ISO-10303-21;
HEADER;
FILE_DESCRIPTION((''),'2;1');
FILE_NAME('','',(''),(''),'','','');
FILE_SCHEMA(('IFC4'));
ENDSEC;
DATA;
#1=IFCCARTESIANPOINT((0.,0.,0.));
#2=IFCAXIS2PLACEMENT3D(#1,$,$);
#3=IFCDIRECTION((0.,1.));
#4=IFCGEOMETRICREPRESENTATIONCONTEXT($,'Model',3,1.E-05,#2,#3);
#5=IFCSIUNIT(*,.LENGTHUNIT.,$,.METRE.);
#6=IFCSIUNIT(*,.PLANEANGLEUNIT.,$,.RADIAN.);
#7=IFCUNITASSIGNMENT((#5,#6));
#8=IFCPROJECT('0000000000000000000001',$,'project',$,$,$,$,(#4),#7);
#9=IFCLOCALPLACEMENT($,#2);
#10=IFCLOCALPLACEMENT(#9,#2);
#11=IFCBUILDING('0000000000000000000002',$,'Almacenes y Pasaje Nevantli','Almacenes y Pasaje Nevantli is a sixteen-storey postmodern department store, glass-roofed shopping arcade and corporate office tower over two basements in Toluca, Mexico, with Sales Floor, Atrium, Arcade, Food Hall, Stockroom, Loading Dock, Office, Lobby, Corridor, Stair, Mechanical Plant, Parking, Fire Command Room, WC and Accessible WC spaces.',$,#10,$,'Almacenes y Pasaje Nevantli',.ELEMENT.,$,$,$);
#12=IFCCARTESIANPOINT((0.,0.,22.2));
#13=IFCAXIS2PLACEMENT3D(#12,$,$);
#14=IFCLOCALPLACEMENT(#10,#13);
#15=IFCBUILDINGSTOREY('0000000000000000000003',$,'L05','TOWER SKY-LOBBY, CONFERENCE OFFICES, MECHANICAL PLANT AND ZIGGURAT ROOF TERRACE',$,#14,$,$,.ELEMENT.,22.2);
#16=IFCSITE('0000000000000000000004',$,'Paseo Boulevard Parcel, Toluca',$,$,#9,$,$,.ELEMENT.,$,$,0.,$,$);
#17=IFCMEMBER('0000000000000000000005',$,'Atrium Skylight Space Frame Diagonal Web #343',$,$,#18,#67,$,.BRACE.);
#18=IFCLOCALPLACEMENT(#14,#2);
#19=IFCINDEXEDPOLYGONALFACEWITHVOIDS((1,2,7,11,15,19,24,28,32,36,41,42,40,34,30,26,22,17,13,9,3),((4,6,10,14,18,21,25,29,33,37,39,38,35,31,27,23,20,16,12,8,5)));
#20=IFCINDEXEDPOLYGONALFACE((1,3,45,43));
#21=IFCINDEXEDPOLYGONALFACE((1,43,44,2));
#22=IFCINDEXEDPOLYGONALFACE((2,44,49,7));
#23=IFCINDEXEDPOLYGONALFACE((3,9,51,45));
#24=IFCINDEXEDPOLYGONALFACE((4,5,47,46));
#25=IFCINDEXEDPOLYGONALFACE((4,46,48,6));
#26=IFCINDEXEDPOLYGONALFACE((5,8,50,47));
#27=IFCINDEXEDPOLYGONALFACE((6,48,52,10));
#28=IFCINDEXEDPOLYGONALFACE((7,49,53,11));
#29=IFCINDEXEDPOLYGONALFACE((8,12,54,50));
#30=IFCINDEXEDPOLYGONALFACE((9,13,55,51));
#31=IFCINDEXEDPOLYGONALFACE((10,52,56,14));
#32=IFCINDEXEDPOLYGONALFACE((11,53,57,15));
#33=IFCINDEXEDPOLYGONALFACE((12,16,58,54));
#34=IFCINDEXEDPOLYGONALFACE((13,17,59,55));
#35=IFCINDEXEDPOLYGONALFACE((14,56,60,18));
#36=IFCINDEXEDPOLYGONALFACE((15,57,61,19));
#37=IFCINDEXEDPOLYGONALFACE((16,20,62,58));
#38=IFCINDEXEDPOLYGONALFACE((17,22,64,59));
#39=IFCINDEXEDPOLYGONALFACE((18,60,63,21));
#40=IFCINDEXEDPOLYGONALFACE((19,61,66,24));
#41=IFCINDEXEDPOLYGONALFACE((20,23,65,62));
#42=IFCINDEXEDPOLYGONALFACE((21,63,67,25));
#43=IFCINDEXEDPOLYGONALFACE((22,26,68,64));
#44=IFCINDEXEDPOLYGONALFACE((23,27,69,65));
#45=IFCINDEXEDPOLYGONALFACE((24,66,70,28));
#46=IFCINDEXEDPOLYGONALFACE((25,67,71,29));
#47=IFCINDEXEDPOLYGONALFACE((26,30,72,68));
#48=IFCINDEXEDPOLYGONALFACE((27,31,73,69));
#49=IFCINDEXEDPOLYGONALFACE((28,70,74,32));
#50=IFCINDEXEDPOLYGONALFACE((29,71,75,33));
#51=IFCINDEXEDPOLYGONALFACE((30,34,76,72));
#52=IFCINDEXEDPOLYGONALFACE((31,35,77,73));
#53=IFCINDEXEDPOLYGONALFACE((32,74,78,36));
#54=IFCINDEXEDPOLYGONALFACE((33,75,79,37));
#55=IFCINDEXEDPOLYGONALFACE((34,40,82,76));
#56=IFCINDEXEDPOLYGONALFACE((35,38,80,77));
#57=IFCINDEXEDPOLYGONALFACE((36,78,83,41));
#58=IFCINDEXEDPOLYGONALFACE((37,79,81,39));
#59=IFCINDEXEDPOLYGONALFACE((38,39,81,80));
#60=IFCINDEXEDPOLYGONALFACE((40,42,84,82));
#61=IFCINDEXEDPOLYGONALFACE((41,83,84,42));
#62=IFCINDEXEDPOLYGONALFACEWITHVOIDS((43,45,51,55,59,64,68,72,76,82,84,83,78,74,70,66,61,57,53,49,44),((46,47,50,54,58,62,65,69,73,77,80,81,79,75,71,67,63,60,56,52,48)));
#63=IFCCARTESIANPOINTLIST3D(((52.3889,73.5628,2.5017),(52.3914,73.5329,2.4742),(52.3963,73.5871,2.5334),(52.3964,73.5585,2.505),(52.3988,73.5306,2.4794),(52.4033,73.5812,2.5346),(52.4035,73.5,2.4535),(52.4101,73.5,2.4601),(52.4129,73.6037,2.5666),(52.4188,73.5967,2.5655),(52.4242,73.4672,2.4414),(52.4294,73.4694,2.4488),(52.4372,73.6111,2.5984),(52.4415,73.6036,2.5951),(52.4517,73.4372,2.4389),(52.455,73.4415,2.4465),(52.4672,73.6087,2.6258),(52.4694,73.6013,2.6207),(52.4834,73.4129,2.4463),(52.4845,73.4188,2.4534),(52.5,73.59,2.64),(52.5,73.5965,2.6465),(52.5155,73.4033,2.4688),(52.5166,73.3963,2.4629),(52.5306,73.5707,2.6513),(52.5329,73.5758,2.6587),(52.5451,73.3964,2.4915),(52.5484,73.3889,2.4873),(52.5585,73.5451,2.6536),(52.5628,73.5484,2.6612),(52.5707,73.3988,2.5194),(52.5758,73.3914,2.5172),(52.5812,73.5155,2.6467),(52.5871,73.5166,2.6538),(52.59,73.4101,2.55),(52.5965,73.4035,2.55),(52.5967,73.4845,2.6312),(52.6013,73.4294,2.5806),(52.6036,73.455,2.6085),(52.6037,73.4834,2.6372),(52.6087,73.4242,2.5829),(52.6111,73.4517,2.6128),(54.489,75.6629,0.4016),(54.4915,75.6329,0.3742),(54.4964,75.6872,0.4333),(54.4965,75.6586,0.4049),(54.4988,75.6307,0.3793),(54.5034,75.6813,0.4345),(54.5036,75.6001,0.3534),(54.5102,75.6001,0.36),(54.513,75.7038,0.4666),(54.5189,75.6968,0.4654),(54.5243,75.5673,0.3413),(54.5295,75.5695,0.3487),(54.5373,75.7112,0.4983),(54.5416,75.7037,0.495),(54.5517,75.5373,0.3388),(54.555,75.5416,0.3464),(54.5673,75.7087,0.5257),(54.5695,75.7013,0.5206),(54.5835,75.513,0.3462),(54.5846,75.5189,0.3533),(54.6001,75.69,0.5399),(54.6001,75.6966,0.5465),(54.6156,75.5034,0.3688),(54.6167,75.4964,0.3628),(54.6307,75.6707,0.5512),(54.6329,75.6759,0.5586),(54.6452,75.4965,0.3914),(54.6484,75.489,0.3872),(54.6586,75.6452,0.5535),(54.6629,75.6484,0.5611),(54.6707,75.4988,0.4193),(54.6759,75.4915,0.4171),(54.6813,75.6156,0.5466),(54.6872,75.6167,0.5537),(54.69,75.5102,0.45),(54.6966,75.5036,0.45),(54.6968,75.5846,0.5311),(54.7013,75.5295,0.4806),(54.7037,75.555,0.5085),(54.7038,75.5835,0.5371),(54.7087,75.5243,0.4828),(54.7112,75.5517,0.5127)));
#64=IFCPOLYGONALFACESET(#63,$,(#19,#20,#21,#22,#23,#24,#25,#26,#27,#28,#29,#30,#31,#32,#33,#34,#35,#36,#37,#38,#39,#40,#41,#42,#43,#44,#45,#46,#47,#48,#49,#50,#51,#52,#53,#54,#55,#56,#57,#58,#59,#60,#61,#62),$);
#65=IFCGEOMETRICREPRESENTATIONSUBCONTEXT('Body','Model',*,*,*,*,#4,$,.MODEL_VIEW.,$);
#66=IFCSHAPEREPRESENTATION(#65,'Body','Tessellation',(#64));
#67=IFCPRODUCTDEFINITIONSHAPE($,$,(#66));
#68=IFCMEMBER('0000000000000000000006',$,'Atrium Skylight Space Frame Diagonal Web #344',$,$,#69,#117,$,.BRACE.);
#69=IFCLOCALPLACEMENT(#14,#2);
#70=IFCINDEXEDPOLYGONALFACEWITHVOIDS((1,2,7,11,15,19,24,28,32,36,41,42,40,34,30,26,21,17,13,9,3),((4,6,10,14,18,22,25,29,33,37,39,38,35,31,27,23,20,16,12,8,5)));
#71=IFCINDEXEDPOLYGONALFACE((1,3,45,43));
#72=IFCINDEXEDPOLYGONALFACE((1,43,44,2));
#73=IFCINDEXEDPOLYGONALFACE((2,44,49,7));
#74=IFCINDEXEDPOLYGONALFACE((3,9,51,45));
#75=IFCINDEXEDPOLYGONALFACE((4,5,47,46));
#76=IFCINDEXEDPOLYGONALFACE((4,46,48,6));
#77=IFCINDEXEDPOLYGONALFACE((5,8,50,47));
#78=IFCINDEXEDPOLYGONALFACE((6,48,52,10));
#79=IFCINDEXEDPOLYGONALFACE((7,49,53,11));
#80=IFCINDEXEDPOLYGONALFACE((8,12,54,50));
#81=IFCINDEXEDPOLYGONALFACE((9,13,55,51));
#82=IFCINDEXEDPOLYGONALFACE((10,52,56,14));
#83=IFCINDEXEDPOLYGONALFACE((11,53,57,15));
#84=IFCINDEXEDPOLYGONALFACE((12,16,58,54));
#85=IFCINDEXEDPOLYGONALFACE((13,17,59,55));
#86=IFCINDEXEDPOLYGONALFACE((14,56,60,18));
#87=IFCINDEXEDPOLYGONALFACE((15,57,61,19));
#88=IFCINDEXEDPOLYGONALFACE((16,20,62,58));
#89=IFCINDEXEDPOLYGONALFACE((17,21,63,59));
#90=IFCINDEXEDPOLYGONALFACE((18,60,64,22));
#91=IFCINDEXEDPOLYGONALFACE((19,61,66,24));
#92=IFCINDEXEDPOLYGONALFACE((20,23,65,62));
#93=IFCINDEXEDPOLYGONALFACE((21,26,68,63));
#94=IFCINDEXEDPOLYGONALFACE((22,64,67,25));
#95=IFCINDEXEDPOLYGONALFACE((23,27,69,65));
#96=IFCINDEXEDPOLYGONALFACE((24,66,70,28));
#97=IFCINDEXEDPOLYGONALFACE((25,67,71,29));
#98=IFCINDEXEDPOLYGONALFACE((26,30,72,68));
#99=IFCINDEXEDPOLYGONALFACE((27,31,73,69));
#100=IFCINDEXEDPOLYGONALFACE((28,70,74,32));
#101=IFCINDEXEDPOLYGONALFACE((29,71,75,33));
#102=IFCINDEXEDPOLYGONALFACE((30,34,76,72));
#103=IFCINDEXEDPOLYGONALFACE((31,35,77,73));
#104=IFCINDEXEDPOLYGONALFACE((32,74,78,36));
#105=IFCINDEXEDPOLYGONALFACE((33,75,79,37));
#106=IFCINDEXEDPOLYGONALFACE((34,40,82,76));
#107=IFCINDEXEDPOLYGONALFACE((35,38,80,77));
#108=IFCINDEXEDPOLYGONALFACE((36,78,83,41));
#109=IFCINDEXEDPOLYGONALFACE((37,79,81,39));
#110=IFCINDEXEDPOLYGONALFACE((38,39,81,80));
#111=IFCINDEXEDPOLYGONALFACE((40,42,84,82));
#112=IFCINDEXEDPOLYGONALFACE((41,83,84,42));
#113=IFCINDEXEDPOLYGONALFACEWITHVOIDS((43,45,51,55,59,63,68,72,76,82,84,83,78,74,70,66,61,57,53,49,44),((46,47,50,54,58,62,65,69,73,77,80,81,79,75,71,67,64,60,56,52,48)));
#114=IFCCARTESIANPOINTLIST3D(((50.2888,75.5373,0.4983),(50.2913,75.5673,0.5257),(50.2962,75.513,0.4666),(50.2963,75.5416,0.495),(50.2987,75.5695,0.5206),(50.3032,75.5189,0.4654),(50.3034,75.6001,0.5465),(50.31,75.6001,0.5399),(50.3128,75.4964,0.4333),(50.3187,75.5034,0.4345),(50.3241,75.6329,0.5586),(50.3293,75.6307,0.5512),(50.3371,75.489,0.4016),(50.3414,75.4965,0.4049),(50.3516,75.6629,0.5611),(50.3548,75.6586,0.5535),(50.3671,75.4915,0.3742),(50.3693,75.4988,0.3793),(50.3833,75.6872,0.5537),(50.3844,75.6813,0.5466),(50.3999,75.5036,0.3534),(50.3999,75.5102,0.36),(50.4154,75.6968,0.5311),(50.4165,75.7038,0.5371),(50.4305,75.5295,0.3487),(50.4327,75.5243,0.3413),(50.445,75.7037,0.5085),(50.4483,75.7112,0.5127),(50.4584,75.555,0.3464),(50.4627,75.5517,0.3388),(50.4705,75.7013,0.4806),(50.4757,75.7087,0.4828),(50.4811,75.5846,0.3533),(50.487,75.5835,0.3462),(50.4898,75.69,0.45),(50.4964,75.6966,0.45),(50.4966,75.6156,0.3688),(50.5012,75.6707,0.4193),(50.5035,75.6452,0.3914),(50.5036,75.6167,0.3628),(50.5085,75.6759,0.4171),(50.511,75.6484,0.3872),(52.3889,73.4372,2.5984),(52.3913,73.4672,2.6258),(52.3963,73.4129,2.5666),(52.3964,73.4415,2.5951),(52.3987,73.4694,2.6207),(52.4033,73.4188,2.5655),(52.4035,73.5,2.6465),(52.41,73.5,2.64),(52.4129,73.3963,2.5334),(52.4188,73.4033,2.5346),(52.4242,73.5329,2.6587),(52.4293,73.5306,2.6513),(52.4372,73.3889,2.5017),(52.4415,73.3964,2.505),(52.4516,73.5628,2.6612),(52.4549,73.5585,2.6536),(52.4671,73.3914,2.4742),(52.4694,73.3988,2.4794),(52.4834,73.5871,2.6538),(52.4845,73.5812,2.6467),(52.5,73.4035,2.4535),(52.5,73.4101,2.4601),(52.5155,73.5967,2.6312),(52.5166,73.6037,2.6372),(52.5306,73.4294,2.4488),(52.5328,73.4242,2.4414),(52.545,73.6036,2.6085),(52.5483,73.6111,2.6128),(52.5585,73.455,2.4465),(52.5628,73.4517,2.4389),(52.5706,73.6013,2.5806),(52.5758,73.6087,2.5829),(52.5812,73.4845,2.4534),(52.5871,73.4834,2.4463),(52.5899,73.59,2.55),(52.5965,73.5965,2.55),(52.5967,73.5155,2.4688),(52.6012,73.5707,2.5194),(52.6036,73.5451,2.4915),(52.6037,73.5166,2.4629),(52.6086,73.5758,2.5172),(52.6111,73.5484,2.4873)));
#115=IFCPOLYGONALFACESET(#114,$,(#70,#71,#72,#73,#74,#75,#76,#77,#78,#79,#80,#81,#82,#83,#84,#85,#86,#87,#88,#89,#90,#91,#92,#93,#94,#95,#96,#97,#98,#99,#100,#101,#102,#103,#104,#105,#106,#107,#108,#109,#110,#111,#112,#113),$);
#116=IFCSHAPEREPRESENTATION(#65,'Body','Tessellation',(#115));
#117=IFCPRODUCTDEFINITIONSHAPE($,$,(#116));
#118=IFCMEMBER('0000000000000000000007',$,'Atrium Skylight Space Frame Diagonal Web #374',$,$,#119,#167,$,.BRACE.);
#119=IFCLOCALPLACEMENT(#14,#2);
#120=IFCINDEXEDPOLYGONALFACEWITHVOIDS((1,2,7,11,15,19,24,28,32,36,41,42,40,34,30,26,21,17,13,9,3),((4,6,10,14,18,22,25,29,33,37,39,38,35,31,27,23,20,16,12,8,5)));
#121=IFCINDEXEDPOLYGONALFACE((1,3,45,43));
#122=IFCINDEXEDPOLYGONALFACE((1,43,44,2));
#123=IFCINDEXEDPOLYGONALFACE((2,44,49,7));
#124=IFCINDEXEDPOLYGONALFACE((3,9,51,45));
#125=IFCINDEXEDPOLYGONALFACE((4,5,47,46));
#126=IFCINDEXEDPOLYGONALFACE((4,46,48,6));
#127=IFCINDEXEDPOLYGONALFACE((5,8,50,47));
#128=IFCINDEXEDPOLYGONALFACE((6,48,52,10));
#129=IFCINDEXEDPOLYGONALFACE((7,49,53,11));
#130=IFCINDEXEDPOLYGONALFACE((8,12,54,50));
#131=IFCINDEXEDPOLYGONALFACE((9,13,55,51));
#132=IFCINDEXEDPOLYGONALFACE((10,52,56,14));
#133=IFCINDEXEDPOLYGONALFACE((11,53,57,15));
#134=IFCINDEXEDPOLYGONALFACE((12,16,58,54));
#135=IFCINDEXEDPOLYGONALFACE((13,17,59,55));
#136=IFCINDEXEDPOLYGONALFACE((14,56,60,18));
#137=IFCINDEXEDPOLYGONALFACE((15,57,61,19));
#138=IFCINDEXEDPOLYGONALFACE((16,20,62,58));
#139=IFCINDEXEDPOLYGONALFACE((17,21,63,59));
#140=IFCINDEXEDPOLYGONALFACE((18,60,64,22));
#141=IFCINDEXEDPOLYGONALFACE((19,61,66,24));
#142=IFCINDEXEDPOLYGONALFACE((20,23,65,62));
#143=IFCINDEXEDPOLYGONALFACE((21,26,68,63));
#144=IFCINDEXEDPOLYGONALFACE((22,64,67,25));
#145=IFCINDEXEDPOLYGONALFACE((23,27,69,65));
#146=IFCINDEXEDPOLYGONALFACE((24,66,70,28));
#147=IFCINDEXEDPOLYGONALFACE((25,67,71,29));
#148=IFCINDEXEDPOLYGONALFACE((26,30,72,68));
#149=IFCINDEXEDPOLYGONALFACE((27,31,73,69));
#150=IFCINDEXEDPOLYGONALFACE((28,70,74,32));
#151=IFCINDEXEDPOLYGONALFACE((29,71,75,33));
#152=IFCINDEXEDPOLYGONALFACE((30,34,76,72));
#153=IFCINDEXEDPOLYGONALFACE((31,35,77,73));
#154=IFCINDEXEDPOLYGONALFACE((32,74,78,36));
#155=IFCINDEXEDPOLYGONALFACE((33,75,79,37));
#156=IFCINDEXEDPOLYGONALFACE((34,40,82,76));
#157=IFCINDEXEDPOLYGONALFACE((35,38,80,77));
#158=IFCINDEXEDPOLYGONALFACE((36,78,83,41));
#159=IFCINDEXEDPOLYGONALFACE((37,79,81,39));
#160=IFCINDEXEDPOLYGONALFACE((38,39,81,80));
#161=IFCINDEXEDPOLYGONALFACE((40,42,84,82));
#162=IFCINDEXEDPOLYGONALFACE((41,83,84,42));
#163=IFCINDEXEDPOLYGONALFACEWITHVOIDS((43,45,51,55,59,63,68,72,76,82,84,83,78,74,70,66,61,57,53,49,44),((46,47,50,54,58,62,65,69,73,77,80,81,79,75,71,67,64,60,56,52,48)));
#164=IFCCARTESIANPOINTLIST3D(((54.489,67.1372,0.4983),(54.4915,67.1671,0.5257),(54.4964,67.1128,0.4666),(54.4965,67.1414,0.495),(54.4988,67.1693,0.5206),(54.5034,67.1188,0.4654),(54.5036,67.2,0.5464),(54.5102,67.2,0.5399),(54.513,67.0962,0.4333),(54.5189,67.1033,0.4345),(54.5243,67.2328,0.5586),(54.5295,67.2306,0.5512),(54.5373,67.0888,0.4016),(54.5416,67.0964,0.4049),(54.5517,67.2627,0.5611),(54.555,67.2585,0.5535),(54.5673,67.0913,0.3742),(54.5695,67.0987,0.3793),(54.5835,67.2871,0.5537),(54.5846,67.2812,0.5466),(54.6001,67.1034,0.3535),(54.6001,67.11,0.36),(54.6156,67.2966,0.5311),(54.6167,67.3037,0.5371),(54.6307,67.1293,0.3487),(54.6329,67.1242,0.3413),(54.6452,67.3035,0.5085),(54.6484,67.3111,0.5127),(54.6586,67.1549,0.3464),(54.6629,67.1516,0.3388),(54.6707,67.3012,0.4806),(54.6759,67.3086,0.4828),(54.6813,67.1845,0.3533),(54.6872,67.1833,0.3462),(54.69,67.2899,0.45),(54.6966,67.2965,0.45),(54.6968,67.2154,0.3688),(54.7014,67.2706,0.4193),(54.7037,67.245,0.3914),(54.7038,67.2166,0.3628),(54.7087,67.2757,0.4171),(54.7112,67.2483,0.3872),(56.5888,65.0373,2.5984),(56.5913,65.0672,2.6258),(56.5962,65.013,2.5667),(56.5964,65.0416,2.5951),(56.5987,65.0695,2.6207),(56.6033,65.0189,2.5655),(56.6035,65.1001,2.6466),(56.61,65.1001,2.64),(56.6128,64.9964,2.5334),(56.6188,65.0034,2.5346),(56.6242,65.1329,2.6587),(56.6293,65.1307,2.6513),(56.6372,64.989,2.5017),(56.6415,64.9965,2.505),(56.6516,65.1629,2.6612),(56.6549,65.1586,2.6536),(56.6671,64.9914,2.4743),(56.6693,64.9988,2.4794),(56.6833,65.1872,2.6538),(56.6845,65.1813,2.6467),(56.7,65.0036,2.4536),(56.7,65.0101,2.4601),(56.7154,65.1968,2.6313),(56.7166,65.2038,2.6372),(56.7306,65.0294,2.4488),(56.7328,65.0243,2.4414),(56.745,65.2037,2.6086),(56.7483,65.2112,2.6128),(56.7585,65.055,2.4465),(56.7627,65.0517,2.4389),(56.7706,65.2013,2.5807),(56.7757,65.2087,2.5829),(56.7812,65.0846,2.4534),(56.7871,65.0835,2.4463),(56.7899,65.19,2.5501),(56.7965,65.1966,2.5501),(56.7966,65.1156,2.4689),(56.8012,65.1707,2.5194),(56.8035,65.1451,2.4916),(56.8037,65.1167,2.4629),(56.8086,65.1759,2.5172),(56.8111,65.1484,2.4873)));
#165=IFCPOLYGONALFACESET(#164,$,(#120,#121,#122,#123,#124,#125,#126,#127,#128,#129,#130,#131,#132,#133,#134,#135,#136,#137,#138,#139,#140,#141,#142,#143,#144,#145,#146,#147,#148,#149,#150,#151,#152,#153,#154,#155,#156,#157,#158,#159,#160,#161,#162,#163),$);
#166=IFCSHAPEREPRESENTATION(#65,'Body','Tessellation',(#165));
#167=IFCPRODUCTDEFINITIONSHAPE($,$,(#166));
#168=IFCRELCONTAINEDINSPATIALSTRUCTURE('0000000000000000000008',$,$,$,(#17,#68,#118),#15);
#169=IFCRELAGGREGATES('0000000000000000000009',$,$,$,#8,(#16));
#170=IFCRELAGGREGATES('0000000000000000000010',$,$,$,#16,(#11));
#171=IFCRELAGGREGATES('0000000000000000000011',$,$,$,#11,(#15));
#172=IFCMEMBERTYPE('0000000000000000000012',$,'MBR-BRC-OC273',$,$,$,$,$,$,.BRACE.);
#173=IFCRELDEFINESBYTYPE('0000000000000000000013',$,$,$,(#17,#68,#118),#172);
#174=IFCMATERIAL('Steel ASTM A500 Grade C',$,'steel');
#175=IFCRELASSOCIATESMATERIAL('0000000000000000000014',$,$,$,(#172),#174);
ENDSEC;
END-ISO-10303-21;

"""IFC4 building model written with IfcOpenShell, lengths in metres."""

from ifc_helpers import new_model, si_unit, direction, frame, origin, origin_2d, place, context, subcontext, project, spatial, hollow_circle, extrude, material, material_profile, profile_set, type_object, element, save


model = new_model("IFC4")

# Units and contexts
model_context = context("Model", 3, precision=1e-05, world=origin(), true_north=direction((0.0, 1.0)))
body_context = subcontext(model_context, "Body", "Model", "MODEL_VIEW")
ifc_project = project(units=[si_unit("LENGTHUNIT", "METRE"), si_unit("PLANEANGLEUNIT", "RADIAN")], contexts=[model_context])

# Site, building, storey
site_placement = place(None, origin())
site = spatial("IfcSite", under=ifc_project, at=site_placement, Name="Paseo Boulevard Parcel, Toluca", CompositionType="ELEMENT", RefElevation=0.0)
building_placement = place(site_placement, origin())
building = spatial("IfcBuilding", under=site, at=building_placement, Name="Almacenes y Pasaje Nevantli", Description="Almacenes y Pasaje Nevantli is a sixteen-storey postmodern department store, glass-roofed shopping arcade and corporate office tower over two basements in Toluca, Mexico, with Sales Floor, Atrium, Arcade, Food Hall, Stockroom, Loading Dock, Office, Lobby, Corridor, Stair, Mechanical Plant, Parking, Fire Command Room, WC and Accessible WC spaces.", LongName="Almacenes y Pasaje Nevantli", CompositionType="ELEMENT")
storey_placement = place(building_placement, frame((0.0, 0.0, 22.2)))
storey = spatial("IfcBuildingStorey", under=building, at=storey_placement, Name="L05", Description="TOWER SKY-LOBBY, CONFERENCE OFFICES, MECHANICAL PLANT AND ZIGGURAT ROOF TERRACE", CompositionType="ELEMENT", Elevation=22.2)

# Members
ifc_material_1 = material(Name="Steel ASTM A500 Grade C", Category="steel")
ifc_material_profile_1 = material_profile(ifc_material_1, hollow_circle(Radius=0.1365, WallThickness=0.0093, at=origin_2d()), Name="OC 273x9.3")
ifc_profile_set_1 = profile_set([ifc_material_profile_1], Name="Steel ASTM A500 Grade C")
member_type_1 = type_object("IfcMemberType", Name="MBR-BRC-OC273", PredefinedType="BRACE", material=ifc_profile_set_1)
for number, where, z_axis, x_axis, name in (
    (1, (54.6001, 75.6001, 0.45), (-0.57735, -0.57735, 0.57735), (0.707107, -0.707107, 0.0), "Atrium Skylight Space Frame Diagonal Web #343"),
    (2, (50.3999, 75.6001, 0.45), (0.57735, -0.57735, 0.57735), (0.707107, 0.707107, 0.0), "Atrium Skylight Space Frame Diagonal Web #344"),
):
    element("IfcMember", number, at=place(storey_placement, frame(where, z_axis=z_axis, x_axis=x_axis)), inside=storey, type_object=member_type_1, Name=name, PredefinedType="BRACE", context=body_context, shape_type="SweptSolid", body=[
        extrude(hollow_circle(Radius=0.1365, WallThickness=0.0093, at=origin_2d()), origin(), (0.0, 0.0, 1.0), 3.6375),
    ])
member_1_placement = place(storey_placement, frame((54.6001, 67.2, 0.45), z_axis=(0.577328, -0.577328, 0.577395), x_axis=(0.707107, 0.707107, 0.0)))
element("IfcMember", 3, at=member_1_placement, inside=storey, type_object=member_type_1, Name="Atrium Skylight Space Frame Diagonal Web #374", PredefinedType="BRACE", context=body_context, shape_type="SweptSolid", body=[
    extrude(hollow_circle(Radius=0.1365, WallThickness=0.0093, at=origin_2d()), origin(), (0.0, 0.0, 1.0), 3.6372),
])

save(model, "model.ifc")
